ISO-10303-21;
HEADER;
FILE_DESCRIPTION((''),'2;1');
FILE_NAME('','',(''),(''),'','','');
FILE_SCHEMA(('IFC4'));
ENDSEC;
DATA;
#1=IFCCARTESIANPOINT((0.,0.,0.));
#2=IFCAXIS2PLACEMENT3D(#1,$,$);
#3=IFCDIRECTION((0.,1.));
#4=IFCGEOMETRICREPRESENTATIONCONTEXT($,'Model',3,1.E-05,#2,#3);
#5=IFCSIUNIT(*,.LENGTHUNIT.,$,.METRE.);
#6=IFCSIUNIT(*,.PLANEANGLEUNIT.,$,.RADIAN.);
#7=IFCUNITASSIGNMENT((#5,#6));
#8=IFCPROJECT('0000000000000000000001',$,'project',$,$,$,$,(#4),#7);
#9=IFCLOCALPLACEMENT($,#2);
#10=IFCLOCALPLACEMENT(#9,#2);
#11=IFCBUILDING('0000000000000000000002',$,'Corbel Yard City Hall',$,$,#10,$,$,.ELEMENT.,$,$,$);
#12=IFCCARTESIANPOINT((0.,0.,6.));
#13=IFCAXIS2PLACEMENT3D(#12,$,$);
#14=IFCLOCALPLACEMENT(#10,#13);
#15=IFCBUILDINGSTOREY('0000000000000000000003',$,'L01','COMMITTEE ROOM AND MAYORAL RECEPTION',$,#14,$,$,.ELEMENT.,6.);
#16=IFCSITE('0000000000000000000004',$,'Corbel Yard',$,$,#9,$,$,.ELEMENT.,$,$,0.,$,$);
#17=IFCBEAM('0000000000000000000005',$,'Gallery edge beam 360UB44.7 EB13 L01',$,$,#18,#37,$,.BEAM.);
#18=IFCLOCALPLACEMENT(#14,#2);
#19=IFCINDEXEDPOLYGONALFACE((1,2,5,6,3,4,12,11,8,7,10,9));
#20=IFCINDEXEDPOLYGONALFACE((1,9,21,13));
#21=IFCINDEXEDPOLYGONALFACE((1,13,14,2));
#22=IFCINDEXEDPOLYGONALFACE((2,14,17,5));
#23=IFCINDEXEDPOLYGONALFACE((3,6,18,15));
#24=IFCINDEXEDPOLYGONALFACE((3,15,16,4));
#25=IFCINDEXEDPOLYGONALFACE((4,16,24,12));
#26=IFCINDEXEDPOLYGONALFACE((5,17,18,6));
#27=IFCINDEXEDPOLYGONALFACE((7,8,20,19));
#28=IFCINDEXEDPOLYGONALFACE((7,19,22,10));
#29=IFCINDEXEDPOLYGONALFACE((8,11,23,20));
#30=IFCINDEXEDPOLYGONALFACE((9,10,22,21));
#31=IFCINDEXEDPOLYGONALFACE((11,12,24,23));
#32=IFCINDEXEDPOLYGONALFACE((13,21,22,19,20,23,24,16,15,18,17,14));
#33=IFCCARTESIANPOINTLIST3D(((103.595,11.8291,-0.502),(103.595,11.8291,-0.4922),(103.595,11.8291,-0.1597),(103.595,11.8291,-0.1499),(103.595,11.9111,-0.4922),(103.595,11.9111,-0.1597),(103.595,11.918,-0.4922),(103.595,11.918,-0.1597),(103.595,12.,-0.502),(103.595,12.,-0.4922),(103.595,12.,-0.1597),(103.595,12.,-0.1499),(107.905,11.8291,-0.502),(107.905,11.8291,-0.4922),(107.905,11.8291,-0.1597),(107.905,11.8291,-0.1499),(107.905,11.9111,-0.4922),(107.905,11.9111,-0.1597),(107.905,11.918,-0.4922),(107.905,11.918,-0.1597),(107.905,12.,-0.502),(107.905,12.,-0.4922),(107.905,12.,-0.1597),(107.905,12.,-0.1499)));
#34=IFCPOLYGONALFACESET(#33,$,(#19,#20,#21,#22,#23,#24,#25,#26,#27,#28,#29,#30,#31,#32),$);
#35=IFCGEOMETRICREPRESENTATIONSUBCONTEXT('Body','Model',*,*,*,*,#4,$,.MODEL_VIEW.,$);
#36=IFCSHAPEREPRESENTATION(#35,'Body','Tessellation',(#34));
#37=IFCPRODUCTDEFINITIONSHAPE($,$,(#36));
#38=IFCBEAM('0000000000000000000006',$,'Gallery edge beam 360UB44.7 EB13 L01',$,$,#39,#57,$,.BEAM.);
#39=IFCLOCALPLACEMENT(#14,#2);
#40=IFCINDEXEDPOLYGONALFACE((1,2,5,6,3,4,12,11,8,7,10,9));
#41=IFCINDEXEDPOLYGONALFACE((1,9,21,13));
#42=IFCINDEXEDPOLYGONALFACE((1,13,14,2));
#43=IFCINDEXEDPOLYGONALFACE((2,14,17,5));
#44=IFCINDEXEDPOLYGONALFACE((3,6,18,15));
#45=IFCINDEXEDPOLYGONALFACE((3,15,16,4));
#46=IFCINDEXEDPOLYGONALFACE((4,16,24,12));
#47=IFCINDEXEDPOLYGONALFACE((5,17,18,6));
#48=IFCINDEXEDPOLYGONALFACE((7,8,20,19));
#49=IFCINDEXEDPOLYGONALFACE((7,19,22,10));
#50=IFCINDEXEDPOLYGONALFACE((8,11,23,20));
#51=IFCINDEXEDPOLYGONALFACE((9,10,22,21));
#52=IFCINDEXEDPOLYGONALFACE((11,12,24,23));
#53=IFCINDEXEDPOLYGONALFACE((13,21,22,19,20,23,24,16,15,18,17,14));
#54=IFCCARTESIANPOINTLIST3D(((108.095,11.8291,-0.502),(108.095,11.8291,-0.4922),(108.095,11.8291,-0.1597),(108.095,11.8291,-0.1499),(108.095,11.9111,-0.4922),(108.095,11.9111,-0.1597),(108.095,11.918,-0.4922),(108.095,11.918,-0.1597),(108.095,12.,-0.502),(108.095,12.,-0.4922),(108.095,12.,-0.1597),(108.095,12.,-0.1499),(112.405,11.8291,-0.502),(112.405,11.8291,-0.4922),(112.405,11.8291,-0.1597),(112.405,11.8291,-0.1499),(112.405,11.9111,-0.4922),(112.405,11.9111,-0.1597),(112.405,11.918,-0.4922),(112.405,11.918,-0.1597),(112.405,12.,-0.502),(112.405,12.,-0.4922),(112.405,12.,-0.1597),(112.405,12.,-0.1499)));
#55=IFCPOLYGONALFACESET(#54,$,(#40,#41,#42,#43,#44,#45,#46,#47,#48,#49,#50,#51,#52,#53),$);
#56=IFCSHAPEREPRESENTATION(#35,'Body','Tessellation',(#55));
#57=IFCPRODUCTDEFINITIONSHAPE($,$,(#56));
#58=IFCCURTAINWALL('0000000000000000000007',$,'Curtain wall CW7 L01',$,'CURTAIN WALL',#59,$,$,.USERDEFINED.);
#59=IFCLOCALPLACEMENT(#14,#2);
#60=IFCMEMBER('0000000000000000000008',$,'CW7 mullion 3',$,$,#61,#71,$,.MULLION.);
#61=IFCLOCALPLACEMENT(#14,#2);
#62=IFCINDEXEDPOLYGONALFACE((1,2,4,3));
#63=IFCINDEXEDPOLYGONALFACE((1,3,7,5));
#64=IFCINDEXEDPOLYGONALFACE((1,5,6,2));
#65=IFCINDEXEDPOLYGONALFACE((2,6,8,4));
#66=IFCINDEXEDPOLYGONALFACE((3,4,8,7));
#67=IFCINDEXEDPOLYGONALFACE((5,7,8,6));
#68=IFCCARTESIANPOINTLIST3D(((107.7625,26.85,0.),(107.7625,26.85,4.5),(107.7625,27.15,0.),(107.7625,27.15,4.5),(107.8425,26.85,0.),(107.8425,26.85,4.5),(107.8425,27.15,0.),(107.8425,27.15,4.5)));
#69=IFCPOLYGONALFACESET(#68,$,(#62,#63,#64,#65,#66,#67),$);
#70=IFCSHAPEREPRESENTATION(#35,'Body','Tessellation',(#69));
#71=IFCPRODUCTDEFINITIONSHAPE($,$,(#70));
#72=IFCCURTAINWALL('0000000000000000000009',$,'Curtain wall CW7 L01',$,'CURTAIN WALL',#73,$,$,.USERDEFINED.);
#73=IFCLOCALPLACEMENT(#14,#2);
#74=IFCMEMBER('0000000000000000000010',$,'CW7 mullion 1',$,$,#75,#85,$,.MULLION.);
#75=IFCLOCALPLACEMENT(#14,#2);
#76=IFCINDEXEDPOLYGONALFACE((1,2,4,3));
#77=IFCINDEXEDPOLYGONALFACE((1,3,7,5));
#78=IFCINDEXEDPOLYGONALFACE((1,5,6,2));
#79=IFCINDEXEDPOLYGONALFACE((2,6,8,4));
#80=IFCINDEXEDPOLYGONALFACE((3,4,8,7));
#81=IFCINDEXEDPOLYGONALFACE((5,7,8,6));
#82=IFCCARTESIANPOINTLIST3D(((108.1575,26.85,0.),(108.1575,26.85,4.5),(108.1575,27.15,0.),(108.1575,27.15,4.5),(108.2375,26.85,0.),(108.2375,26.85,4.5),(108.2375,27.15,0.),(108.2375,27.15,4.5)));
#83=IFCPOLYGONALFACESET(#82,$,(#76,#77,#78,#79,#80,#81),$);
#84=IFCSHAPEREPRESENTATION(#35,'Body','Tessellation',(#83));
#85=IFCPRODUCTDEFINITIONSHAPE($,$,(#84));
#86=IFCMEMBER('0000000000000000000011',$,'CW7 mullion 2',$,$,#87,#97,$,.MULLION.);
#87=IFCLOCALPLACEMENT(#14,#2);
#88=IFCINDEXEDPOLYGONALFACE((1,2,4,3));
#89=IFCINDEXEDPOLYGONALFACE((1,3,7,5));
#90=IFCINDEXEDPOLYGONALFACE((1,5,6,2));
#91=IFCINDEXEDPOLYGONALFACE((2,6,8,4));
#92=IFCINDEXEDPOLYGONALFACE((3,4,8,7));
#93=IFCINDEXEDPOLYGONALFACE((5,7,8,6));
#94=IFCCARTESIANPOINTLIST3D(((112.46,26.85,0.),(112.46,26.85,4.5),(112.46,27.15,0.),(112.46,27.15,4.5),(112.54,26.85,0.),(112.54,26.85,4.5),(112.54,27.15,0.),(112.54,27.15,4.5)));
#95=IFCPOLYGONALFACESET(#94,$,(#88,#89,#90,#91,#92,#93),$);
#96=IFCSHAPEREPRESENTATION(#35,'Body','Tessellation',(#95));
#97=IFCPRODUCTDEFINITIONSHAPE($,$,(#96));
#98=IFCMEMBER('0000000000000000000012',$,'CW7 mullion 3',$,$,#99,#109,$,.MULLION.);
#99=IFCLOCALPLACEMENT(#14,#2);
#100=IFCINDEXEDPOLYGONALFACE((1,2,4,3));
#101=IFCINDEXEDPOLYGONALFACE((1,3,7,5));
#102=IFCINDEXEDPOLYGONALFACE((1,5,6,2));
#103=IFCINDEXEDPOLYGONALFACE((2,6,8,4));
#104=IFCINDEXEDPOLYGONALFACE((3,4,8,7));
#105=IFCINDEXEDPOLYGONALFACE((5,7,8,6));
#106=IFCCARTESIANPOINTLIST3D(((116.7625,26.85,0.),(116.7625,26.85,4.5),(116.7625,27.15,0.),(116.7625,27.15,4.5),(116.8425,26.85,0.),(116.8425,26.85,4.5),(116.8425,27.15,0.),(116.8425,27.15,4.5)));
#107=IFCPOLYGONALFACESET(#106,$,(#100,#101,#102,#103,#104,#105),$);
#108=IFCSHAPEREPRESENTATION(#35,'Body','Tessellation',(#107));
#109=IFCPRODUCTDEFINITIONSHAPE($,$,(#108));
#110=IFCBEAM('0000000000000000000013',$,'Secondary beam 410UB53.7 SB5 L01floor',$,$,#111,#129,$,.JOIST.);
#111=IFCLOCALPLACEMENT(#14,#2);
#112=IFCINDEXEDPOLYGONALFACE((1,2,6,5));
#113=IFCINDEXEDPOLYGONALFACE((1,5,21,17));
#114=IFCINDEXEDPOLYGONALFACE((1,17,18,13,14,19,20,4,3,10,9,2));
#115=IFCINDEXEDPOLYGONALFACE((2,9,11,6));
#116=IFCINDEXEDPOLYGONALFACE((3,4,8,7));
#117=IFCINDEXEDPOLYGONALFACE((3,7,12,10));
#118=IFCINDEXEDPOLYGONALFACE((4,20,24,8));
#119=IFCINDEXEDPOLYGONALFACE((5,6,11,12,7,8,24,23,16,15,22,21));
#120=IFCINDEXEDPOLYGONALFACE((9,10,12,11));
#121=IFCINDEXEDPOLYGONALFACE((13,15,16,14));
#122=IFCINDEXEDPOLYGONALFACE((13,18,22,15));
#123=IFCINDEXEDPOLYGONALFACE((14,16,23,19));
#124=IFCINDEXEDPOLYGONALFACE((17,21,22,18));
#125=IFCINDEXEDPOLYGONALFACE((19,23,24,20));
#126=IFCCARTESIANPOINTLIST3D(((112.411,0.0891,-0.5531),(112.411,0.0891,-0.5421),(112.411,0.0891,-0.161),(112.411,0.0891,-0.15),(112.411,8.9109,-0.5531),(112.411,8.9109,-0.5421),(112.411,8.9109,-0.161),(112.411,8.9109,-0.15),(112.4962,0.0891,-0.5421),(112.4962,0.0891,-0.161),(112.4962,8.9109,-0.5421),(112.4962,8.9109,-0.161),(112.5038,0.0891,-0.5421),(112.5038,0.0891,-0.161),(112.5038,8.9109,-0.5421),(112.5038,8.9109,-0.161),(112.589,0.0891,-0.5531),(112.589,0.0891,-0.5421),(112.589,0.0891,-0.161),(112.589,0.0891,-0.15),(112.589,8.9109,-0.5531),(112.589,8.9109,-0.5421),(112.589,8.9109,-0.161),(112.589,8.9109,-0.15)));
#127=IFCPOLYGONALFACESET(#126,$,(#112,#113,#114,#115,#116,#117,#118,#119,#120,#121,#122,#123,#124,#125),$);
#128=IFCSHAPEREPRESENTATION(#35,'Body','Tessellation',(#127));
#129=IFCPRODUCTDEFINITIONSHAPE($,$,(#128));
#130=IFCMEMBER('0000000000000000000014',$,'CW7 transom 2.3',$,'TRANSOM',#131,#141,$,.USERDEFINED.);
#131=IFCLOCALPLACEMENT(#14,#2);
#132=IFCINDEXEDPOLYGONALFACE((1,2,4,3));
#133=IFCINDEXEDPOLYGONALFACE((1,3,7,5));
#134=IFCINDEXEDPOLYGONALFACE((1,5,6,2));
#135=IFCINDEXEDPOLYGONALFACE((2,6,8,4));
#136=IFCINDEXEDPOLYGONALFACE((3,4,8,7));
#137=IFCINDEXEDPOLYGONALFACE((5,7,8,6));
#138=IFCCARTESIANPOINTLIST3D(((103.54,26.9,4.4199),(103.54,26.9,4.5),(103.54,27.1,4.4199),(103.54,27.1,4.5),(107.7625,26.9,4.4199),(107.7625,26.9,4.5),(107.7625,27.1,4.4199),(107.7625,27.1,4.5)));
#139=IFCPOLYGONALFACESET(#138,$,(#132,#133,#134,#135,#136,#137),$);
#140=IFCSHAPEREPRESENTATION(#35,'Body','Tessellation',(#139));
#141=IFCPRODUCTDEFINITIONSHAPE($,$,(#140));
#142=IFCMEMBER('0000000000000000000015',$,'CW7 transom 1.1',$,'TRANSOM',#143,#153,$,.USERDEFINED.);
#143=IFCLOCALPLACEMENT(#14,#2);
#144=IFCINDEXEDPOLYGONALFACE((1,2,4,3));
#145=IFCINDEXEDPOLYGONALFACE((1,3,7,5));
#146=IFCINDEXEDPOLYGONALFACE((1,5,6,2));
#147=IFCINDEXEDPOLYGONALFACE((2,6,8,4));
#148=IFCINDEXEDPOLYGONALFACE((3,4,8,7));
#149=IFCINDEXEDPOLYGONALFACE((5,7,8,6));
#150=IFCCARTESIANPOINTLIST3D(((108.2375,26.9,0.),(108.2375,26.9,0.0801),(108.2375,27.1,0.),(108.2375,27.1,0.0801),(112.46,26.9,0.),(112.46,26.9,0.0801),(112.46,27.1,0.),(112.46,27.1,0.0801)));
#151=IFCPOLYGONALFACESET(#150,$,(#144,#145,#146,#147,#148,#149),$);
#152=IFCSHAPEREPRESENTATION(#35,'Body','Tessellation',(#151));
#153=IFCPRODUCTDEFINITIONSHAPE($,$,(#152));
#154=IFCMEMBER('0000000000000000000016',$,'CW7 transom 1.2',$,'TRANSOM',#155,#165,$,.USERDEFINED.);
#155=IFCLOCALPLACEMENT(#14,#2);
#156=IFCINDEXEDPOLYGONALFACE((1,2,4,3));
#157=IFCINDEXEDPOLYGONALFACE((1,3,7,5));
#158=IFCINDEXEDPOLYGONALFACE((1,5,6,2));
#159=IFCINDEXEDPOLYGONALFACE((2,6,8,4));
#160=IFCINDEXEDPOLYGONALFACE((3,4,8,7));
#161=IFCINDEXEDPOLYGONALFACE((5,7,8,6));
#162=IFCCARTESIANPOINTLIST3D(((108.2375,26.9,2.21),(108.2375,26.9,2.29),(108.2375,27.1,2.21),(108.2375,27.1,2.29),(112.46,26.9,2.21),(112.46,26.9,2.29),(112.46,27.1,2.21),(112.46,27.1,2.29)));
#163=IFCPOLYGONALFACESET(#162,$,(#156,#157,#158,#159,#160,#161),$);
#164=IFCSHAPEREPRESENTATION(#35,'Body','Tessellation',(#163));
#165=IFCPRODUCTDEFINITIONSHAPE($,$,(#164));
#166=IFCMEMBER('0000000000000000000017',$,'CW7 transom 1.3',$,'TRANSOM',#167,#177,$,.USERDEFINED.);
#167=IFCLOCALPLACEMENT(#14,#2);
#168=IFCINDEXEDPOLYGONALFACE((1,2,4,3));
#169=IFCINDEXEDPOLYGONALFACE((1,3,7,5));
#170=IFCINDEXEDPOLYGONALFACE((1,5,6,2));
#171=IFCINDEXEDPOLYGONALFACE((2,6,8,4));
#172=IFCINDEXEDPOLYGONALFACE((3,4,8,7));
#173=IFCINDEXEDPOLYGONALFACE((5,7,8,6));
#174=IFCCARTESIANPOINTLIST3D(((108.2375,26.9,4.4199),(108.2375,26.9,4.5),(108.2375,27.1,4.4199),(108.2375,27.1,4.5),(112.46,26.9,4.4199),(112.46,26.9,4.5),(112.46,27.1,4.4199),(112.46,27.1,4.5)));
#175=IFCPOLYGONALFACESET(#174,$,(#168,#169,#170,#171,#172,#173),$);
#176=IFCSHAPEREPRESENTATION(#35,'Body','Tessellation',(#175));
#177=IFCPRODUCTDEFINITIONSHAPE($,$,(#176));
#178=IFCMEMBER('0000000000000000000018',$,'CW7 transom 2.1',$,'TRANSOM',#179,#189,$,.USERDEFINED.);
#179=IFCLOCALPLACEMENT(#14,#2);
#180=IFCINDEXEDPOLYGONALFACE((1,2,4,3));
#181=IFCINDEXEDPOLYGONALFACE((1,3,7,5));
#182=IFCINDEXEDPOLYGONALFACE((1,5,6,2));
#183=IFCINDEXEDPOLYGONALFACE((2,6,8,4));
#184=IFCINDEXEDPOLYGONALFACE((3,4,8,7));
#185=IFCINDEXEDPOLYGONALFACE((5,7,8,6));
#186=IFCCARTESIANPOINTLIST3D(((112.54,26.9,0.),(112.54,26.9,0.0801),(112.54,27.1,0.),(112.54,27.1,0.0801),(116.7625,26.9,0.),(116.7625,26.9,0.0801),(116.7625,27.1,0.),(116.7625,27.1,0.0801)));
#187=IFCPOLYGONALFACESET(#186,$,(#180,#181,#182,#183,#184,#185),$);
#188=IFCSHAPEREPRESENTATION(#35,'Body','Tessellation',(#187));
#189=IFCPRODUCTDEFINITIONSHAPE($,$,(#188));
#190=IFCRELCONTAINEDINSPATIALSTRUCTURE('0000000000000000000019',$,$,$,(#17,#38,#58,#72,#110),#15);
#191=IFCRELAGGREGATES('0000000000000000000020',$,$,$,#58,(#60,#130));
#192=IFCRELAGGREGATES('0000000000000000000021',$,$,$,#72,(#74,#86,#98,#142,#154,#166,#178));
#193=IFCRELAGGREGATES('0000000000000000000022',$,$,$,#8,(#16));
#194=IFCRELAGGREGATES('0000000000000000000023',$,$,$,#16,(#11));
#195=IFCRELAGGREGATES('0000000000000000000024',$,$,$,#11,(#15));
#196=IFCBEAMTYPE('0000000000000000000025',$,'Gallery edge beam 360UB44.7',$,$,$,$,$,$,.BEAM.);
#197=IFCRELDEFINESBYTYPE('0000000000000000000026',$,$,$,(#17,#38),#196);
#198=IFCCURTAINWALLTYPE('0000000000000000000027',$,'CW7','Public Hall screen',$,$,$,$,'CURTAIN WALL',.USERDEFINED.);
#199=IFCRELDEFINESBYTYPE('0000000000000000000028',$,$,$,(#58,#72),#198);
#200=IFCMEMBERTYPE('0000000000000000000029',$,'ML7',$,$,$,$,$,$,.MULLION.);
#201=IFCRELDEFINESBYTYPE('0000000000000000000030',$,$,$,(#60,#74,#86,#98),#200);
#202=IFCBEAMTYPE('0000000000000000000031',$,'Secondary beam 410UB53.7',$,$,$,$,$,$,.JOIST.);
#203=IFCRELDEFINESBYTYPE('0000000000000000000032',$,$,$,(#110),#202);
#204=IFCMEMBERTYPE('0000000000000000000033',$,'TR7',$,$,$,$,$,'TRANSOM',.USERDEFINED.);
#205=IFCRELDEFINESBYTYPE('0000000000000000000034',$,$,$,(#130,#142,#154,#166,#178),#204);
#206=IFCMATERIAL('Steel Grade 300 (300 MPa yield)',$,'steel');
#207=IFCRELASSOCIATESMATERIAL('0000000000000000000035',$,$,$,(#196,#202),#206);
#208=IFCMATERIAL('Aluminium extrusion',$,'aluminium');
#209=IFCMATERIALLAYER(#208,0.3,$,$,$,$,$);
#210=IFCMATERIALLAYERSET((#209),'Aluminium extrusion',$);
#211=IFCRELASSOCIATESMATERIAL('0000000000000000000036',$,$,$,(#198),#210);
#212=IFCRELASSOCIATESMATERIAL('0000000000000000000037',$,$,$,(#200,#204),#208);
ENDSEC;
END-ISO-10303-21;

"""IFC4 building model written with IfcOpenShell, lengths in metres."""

from ifc_helpers import new_model, si_unit, direction, frame, origin, origin_2d, place, context, subcontext, project, spatial, rectangle, i_section, extrude, material, layer, layer_set, material_profile, profile_set, type_object, element, aggregate, save


model = new_model("IFC4")

# Units and contexts
model_context = context("Model", 3, precision=1e-05, world=origin(), true_north=direction((0.0, 1.0)))
body_context = subcontext(model_context, "Body", "Model", "MODEL_VIEW")
ifc_project = project(units=[si_unit("LENGTHUNIT", "METRE"), si_unit("PLANEANGLEUNIT", "RADIAN")], contexts=[model_context])

# Site, building, storey
site_placement = place(None, origin())
site = spatial("IfcSite", under=ifc_project, at=site_placement, Name="Corbel Yard", CompositionType="ELEMENT", RefElevation=0.0)
building_placement = place(site_placement, origin())
building = spatial("IfcBuilding", under=site, at=building_placement, Name="Corbel Yard City Hall", CompositionType="ELEMENT")
storey_placement = place(building_placement, frame((0.0, 0.0, 6.0)))
storey = spatial("IfcBuildingStorey", under=building, at=storey_placement, Name="L01", Description="COMMITTEE ROOM AND MAYORAL RECEPTION", CompositionType="ELEMENT", Elevation=6.0)

# Shared definitions
ifc_material_1 = material(Name="Steel Grade 300 (300 MPa yield)", Category="steel")

# Beams
ifc_material_profile_1 = material_profile(ifc_material_1, i_section(OverallWidth=0.1709, OverallDepth=0.3521, WebThickness=0.0068, FlangeThickness=0.0098, at=origin_2d()), Name="360UB44.7")
ifc_profile_set_1 = profile_set([ifc_material_profile_1], Name="Steel Grade 300 (300 MPa yield)")
beam_type_1 = type_object("IfcBeamType", Name="Gallery edge beam 360UB44.7", PredefinedType="BEAM", material=ifc_profile_set_1)
for number, where, z_axis, x_axis, name in (
    (1, (103.595, 11.9146, -0.3259), (1.0, 0.0, 0.0), (0.0, 1.0, 0.0), "Gallery edge beam 360UB44.7 EB13 L01"),
    (2, (108.095, 11.9146, -0.3259), (1.0, 0.0, 0.0), (0.0, 1.0, 0.0), "Gallery edge beam 360UB44.7 EB13 L01"),
):
    element("IfcBeam", number, at=place(storey_placement, frame(where, z_axis=z_axis, x_axis=x_axis)), inside=storey, type_object=beam_type_1, Name=name, PredefinedType="BEAM", context=body_context, shape_type="SweptSolid", body=[
        extrude(i_section(OverallWidth=0.1709, OverallDepth=0.3521, WebThickness=0.0068, FlangeThickness=0.0098, at=origin_2d()), origin(), (0.0, 0.0, 1.0), 4.3101),
    ])

# Curtain wall, member
ifc_material_2 = material(Name="Aluminium extrusion", Category="aluminium")
ifc_layer_1 = layer(ifc_material_2, 0.3)
ifc_layer_set_1 = layer_set([ifc_layer_1], Name="Aluminium extrusion")
curtain_wall_type = type_object("IfcCurtainWallType", Name="CW7", Description="Public Hall screen", ElementType="CURTAIN WALL", PredefinedType="USERDEFINED", material=ifc_layer_set_1)
curtain_wall_1_placement = place(storey_placement, origin())
curtain_wall_1 = element("IfcCurtainWall", 3, at=curtain_wall_1_placement, inside=storey, type_object=curtain_wall_type, Name="Curtain wall CW7 L01", ObjectType="CURTAIN WALL", PredefinedType="USERDEFINED")
ifc_material_profile_2 = material_profile(ifc_material_2, rectangle(XDim=0.3, YDim=0.0801, at=origin_2d()), Name="300x80")
ifc_profile_set_2 = profile_set([ifc_material_profile_2], Name="Aluminium extrusion")
member_type_1 = type_object("IfcMemberType", Name="ML7", PredefinedType="MULLION", material=ifc_profile_set_2)
member_1_placement = place(storey_placement, frame((107.8025, 27.0, 0.0), z_axis=(0.0, 0.0, 1.0), x_axis=(0.0, 1.0, 0.0)))
member_1 = element("IfcMember", 4, at=member_1_placement, type_object=member_type_1, Name="CW7 mullion 3", PredefinedType="MULLION", context=body_context, shape_type="SweptSolid", body=[
    extrude(rectangle(XDim=0.3, YDim=0.0801, at=origin_2d()), origin(), (0.0, 0.0, 1.0), 4.5),
])

# Curtain wall, members
curtain_wall_2_placement = place(storey_placement, origin())
curtain_wall_2 = element("IfcCurtainWall", 5, at=curtain_wall_2_placement, inside=storey, type_object=curtain_wall_type, Name="Curtain wall CW7 L01", ObjectType="CURTAIN WALL", PredefinedType="USERDEFINED")
member_2_placement = place(storey_placement, frame((108.1975, 27.0, 0.0), z_axis=(0.0, 0.0, 1.0), x_axis=(0.0, 1.0, 0.0)))
member_2 = element("IfcMember", 6, at=member_2_placement, type_object=member_type_1, Name="CW7 mullion 1", PredefinedType="MULLION", context=body_context, shape_type="SweptSolid", body=[
    extrude(rectangle(XDim=0.3, YDim=0.0801, at=origin_2d()), origin(), (0.0, 0.0, 1.0), 4.5),
])
member_3_placement = place(storey_placement, frame((112.5, 27.0, 0.0), z_axis=(0.0, 0.0, 1.0), x_axis=(0.0, 1.0, 0.0)))
member_3 = element("IfcMember", 7, at=member_3_placement, type_object=member_type_1, Name="CW7 mullion 2", PredefinedType="MULLION", context=body_context, shape_type="SweptSolid", body=[
    extrude(rectangle(XDim=0.3, YDim=0.0801, at=origin_2d()), origin(), (0.0, 0.0, 1.0), 4.5),
])
member_4_placement = place(storey_placement, frame((116.8025, 27.0, 0.0), z_axis=(0.0, 0.0, 1.0), x_axis=(0.0, 1.0, 0.0)))
member_4 = element("IfcMember", 8, at=member_4_placement, type_object=member_type_1, Name="CW7 mullion 3", PredefinedType="MULLION", context=body_context, shape_type="SweptSolid", body=[
    extrude(rectangle(XDim=0.3, YDim=0.0801, at=origin_2d()), origin(), (0.0, 0.0, 1.0), 4.5),
])

# Beam
ifc_material_profile_3 = material_profile(ifc_material_1, i_section(OverallWidth=0.178, OverallDepth=0.4031, WebThickness=0.0076, FlangeThickness=0.011, at=origin_2d()), Name="410UB53.7")
ifc_profile_set_3 = profile_set([ifc_material_profile_3], Name="Steel Grade 300 (300 MPa yield)")
beam_type_2 = type_object("IfcBeamType", Name="Secondary beam 410UB53.7", PredefinedType="JOIST", material=ifc_profile_set_3)
beam_1_placement = place(storey_placement, frame((112.5, 0.0891, -0.3516), z_axis=(0.0, 1.0, 0.0), x_axis=(-1.0, 0.0, 0.0)))
element("IfcBeam", 9, at=beam_1_placement, inside=storey, type_object=beam_type_2, Name="Secondary beam 410UB53.7 SB5 L01floor", PredefinedType="JOIST", context=body_context, shape_type="SweptSolid", body=[
    extrude(i_section(OverallWidth=0.178, OverallDepth=0.4031, WebThickness=0.0076, FlangeThickness=0.011, at=origin_2d()), origin(), (0.0, 0.0, 1.0), 8.8218),
])

# Members
ifc_material_profile_4 = material_profile(ifc_material_2, rectangle(XDim=0.2, YDim=0.0801, at=origin_2d()), Name="200x80")
ifc_profile_set_4 = profile_set([ifc_material_profile_4], Name="Aluminium extrusion")
member_type_2 = type_object("IfcMemberType", Name="TR7", ElementType="TRANSOM", PredefinedType="USERDEFINED", material=ifc_profile_set_4)
member_5_placement = place(storey_placement, frame((103.54, 27.0, 4.46), z_axis=(1.0, 0.0, 0.0), x_axis=(0.0, 1.0, 0.0)))
member_5 = element("IfcMember", 10, at=member_5_placement, type_object=member_type_2, Name="CW7 transom 2.3", ObjectType="TRANSOM", PredefinedType="USERDEFINED", context=body_context, shape_type="SweptSolid", body=[
    extrude(rectangle(XDim=0.2, YDim=0.0801, at=origin_2d()), origin(), (0.0, 0.0, 1.0), 4.2224),
])
member_6_placement = place(storey_placement, frame((108.2375, 27.0, 0.04), z_axis=(1.0, 0.0, 0.0), x_axis=(0.0, 1.0, 0.0)))
member_6 = element("IfcMember", 11, at=member_6_placement, type_object=member_type_2, Name="CW7 transom 1.1", ObjectType="TRANSOM", PredefinedType="USERDEFINED", context=body_context, shape_type="SweptSolid", body=[
    extrude(rectangle(XDim=0.2, YDim=0.0801, at=origin_2d()), origin(), (0.0, 0.0, 1.0), 4.2224),
])
member_7_placement = place(storey_placement, frame((108.2375, 27.0, 2.25), z_axis=(1.0, 0.0, 0.0), x_axis=(0.0, 1.0, 0.0)))
member_7 = element("IfcMember", 12, at=member_7_placement, type_object=member_type_2, Name="CW7 transom 1.2", ObjectType="TRANSOM", PredefinedType="USERDEFINED", context=body_context, shape_type="SweptSolid", body=[
    extrude(rectangle(XDim=0.2, YDim=0.0801, at=origin_2d()), origin(), (0.0, 0.0, 1.0), 4.2224),
])
member_8_placement = place(storey_placement, frame((108.2375, 27.0, 4.46), z_axis=(1.0, 0.0, 0.0), x_axis=(0.0, 1.0, 0.0)))
member_8 = element("IfcMember", 13, at=member_8_placement, type_object=member_type_2, Name="CW7 transom 1.3", ObjectType="TRANSOM", PredefinedType="USERDEFINED", context=body_context, shape_type="SweptSolid", body=[
    extrude(rectangle(XDim=0.2, YDim=0.0801, at=origin_2d()), origin(), (0.0, 0.0, 1.0), 4.2224),
])
member_9_placement = place(storey_placement, frame((112.54, 27.0, 0.04), z_axis=(1.0, 0.0, 0.0), x_axis=(0.0, 1.0, 0.0)))
member_9 = element("IfcMember", 14, at=member_9_placement, type_object=member_type_2, Name="CW7 transom 2.1", ObjectType="TRANSOM", PredefinedType="USERDEFINED", context=body_context, shape_type="SweptSolid", body=[
    extrude(rectangle(XDim=0.2, YDim=0.0801, at=origin_2d()), origin(), (0.0, 0.0, 1.0), 4.2224),
])

aggregate(curtain_wall_1, [member_1, member_5])
aggregate(curtain_wall_2, [member_2, member_3, member_4, member_6, member_7, member_8, member_9])

save(model, "model.ifc")
